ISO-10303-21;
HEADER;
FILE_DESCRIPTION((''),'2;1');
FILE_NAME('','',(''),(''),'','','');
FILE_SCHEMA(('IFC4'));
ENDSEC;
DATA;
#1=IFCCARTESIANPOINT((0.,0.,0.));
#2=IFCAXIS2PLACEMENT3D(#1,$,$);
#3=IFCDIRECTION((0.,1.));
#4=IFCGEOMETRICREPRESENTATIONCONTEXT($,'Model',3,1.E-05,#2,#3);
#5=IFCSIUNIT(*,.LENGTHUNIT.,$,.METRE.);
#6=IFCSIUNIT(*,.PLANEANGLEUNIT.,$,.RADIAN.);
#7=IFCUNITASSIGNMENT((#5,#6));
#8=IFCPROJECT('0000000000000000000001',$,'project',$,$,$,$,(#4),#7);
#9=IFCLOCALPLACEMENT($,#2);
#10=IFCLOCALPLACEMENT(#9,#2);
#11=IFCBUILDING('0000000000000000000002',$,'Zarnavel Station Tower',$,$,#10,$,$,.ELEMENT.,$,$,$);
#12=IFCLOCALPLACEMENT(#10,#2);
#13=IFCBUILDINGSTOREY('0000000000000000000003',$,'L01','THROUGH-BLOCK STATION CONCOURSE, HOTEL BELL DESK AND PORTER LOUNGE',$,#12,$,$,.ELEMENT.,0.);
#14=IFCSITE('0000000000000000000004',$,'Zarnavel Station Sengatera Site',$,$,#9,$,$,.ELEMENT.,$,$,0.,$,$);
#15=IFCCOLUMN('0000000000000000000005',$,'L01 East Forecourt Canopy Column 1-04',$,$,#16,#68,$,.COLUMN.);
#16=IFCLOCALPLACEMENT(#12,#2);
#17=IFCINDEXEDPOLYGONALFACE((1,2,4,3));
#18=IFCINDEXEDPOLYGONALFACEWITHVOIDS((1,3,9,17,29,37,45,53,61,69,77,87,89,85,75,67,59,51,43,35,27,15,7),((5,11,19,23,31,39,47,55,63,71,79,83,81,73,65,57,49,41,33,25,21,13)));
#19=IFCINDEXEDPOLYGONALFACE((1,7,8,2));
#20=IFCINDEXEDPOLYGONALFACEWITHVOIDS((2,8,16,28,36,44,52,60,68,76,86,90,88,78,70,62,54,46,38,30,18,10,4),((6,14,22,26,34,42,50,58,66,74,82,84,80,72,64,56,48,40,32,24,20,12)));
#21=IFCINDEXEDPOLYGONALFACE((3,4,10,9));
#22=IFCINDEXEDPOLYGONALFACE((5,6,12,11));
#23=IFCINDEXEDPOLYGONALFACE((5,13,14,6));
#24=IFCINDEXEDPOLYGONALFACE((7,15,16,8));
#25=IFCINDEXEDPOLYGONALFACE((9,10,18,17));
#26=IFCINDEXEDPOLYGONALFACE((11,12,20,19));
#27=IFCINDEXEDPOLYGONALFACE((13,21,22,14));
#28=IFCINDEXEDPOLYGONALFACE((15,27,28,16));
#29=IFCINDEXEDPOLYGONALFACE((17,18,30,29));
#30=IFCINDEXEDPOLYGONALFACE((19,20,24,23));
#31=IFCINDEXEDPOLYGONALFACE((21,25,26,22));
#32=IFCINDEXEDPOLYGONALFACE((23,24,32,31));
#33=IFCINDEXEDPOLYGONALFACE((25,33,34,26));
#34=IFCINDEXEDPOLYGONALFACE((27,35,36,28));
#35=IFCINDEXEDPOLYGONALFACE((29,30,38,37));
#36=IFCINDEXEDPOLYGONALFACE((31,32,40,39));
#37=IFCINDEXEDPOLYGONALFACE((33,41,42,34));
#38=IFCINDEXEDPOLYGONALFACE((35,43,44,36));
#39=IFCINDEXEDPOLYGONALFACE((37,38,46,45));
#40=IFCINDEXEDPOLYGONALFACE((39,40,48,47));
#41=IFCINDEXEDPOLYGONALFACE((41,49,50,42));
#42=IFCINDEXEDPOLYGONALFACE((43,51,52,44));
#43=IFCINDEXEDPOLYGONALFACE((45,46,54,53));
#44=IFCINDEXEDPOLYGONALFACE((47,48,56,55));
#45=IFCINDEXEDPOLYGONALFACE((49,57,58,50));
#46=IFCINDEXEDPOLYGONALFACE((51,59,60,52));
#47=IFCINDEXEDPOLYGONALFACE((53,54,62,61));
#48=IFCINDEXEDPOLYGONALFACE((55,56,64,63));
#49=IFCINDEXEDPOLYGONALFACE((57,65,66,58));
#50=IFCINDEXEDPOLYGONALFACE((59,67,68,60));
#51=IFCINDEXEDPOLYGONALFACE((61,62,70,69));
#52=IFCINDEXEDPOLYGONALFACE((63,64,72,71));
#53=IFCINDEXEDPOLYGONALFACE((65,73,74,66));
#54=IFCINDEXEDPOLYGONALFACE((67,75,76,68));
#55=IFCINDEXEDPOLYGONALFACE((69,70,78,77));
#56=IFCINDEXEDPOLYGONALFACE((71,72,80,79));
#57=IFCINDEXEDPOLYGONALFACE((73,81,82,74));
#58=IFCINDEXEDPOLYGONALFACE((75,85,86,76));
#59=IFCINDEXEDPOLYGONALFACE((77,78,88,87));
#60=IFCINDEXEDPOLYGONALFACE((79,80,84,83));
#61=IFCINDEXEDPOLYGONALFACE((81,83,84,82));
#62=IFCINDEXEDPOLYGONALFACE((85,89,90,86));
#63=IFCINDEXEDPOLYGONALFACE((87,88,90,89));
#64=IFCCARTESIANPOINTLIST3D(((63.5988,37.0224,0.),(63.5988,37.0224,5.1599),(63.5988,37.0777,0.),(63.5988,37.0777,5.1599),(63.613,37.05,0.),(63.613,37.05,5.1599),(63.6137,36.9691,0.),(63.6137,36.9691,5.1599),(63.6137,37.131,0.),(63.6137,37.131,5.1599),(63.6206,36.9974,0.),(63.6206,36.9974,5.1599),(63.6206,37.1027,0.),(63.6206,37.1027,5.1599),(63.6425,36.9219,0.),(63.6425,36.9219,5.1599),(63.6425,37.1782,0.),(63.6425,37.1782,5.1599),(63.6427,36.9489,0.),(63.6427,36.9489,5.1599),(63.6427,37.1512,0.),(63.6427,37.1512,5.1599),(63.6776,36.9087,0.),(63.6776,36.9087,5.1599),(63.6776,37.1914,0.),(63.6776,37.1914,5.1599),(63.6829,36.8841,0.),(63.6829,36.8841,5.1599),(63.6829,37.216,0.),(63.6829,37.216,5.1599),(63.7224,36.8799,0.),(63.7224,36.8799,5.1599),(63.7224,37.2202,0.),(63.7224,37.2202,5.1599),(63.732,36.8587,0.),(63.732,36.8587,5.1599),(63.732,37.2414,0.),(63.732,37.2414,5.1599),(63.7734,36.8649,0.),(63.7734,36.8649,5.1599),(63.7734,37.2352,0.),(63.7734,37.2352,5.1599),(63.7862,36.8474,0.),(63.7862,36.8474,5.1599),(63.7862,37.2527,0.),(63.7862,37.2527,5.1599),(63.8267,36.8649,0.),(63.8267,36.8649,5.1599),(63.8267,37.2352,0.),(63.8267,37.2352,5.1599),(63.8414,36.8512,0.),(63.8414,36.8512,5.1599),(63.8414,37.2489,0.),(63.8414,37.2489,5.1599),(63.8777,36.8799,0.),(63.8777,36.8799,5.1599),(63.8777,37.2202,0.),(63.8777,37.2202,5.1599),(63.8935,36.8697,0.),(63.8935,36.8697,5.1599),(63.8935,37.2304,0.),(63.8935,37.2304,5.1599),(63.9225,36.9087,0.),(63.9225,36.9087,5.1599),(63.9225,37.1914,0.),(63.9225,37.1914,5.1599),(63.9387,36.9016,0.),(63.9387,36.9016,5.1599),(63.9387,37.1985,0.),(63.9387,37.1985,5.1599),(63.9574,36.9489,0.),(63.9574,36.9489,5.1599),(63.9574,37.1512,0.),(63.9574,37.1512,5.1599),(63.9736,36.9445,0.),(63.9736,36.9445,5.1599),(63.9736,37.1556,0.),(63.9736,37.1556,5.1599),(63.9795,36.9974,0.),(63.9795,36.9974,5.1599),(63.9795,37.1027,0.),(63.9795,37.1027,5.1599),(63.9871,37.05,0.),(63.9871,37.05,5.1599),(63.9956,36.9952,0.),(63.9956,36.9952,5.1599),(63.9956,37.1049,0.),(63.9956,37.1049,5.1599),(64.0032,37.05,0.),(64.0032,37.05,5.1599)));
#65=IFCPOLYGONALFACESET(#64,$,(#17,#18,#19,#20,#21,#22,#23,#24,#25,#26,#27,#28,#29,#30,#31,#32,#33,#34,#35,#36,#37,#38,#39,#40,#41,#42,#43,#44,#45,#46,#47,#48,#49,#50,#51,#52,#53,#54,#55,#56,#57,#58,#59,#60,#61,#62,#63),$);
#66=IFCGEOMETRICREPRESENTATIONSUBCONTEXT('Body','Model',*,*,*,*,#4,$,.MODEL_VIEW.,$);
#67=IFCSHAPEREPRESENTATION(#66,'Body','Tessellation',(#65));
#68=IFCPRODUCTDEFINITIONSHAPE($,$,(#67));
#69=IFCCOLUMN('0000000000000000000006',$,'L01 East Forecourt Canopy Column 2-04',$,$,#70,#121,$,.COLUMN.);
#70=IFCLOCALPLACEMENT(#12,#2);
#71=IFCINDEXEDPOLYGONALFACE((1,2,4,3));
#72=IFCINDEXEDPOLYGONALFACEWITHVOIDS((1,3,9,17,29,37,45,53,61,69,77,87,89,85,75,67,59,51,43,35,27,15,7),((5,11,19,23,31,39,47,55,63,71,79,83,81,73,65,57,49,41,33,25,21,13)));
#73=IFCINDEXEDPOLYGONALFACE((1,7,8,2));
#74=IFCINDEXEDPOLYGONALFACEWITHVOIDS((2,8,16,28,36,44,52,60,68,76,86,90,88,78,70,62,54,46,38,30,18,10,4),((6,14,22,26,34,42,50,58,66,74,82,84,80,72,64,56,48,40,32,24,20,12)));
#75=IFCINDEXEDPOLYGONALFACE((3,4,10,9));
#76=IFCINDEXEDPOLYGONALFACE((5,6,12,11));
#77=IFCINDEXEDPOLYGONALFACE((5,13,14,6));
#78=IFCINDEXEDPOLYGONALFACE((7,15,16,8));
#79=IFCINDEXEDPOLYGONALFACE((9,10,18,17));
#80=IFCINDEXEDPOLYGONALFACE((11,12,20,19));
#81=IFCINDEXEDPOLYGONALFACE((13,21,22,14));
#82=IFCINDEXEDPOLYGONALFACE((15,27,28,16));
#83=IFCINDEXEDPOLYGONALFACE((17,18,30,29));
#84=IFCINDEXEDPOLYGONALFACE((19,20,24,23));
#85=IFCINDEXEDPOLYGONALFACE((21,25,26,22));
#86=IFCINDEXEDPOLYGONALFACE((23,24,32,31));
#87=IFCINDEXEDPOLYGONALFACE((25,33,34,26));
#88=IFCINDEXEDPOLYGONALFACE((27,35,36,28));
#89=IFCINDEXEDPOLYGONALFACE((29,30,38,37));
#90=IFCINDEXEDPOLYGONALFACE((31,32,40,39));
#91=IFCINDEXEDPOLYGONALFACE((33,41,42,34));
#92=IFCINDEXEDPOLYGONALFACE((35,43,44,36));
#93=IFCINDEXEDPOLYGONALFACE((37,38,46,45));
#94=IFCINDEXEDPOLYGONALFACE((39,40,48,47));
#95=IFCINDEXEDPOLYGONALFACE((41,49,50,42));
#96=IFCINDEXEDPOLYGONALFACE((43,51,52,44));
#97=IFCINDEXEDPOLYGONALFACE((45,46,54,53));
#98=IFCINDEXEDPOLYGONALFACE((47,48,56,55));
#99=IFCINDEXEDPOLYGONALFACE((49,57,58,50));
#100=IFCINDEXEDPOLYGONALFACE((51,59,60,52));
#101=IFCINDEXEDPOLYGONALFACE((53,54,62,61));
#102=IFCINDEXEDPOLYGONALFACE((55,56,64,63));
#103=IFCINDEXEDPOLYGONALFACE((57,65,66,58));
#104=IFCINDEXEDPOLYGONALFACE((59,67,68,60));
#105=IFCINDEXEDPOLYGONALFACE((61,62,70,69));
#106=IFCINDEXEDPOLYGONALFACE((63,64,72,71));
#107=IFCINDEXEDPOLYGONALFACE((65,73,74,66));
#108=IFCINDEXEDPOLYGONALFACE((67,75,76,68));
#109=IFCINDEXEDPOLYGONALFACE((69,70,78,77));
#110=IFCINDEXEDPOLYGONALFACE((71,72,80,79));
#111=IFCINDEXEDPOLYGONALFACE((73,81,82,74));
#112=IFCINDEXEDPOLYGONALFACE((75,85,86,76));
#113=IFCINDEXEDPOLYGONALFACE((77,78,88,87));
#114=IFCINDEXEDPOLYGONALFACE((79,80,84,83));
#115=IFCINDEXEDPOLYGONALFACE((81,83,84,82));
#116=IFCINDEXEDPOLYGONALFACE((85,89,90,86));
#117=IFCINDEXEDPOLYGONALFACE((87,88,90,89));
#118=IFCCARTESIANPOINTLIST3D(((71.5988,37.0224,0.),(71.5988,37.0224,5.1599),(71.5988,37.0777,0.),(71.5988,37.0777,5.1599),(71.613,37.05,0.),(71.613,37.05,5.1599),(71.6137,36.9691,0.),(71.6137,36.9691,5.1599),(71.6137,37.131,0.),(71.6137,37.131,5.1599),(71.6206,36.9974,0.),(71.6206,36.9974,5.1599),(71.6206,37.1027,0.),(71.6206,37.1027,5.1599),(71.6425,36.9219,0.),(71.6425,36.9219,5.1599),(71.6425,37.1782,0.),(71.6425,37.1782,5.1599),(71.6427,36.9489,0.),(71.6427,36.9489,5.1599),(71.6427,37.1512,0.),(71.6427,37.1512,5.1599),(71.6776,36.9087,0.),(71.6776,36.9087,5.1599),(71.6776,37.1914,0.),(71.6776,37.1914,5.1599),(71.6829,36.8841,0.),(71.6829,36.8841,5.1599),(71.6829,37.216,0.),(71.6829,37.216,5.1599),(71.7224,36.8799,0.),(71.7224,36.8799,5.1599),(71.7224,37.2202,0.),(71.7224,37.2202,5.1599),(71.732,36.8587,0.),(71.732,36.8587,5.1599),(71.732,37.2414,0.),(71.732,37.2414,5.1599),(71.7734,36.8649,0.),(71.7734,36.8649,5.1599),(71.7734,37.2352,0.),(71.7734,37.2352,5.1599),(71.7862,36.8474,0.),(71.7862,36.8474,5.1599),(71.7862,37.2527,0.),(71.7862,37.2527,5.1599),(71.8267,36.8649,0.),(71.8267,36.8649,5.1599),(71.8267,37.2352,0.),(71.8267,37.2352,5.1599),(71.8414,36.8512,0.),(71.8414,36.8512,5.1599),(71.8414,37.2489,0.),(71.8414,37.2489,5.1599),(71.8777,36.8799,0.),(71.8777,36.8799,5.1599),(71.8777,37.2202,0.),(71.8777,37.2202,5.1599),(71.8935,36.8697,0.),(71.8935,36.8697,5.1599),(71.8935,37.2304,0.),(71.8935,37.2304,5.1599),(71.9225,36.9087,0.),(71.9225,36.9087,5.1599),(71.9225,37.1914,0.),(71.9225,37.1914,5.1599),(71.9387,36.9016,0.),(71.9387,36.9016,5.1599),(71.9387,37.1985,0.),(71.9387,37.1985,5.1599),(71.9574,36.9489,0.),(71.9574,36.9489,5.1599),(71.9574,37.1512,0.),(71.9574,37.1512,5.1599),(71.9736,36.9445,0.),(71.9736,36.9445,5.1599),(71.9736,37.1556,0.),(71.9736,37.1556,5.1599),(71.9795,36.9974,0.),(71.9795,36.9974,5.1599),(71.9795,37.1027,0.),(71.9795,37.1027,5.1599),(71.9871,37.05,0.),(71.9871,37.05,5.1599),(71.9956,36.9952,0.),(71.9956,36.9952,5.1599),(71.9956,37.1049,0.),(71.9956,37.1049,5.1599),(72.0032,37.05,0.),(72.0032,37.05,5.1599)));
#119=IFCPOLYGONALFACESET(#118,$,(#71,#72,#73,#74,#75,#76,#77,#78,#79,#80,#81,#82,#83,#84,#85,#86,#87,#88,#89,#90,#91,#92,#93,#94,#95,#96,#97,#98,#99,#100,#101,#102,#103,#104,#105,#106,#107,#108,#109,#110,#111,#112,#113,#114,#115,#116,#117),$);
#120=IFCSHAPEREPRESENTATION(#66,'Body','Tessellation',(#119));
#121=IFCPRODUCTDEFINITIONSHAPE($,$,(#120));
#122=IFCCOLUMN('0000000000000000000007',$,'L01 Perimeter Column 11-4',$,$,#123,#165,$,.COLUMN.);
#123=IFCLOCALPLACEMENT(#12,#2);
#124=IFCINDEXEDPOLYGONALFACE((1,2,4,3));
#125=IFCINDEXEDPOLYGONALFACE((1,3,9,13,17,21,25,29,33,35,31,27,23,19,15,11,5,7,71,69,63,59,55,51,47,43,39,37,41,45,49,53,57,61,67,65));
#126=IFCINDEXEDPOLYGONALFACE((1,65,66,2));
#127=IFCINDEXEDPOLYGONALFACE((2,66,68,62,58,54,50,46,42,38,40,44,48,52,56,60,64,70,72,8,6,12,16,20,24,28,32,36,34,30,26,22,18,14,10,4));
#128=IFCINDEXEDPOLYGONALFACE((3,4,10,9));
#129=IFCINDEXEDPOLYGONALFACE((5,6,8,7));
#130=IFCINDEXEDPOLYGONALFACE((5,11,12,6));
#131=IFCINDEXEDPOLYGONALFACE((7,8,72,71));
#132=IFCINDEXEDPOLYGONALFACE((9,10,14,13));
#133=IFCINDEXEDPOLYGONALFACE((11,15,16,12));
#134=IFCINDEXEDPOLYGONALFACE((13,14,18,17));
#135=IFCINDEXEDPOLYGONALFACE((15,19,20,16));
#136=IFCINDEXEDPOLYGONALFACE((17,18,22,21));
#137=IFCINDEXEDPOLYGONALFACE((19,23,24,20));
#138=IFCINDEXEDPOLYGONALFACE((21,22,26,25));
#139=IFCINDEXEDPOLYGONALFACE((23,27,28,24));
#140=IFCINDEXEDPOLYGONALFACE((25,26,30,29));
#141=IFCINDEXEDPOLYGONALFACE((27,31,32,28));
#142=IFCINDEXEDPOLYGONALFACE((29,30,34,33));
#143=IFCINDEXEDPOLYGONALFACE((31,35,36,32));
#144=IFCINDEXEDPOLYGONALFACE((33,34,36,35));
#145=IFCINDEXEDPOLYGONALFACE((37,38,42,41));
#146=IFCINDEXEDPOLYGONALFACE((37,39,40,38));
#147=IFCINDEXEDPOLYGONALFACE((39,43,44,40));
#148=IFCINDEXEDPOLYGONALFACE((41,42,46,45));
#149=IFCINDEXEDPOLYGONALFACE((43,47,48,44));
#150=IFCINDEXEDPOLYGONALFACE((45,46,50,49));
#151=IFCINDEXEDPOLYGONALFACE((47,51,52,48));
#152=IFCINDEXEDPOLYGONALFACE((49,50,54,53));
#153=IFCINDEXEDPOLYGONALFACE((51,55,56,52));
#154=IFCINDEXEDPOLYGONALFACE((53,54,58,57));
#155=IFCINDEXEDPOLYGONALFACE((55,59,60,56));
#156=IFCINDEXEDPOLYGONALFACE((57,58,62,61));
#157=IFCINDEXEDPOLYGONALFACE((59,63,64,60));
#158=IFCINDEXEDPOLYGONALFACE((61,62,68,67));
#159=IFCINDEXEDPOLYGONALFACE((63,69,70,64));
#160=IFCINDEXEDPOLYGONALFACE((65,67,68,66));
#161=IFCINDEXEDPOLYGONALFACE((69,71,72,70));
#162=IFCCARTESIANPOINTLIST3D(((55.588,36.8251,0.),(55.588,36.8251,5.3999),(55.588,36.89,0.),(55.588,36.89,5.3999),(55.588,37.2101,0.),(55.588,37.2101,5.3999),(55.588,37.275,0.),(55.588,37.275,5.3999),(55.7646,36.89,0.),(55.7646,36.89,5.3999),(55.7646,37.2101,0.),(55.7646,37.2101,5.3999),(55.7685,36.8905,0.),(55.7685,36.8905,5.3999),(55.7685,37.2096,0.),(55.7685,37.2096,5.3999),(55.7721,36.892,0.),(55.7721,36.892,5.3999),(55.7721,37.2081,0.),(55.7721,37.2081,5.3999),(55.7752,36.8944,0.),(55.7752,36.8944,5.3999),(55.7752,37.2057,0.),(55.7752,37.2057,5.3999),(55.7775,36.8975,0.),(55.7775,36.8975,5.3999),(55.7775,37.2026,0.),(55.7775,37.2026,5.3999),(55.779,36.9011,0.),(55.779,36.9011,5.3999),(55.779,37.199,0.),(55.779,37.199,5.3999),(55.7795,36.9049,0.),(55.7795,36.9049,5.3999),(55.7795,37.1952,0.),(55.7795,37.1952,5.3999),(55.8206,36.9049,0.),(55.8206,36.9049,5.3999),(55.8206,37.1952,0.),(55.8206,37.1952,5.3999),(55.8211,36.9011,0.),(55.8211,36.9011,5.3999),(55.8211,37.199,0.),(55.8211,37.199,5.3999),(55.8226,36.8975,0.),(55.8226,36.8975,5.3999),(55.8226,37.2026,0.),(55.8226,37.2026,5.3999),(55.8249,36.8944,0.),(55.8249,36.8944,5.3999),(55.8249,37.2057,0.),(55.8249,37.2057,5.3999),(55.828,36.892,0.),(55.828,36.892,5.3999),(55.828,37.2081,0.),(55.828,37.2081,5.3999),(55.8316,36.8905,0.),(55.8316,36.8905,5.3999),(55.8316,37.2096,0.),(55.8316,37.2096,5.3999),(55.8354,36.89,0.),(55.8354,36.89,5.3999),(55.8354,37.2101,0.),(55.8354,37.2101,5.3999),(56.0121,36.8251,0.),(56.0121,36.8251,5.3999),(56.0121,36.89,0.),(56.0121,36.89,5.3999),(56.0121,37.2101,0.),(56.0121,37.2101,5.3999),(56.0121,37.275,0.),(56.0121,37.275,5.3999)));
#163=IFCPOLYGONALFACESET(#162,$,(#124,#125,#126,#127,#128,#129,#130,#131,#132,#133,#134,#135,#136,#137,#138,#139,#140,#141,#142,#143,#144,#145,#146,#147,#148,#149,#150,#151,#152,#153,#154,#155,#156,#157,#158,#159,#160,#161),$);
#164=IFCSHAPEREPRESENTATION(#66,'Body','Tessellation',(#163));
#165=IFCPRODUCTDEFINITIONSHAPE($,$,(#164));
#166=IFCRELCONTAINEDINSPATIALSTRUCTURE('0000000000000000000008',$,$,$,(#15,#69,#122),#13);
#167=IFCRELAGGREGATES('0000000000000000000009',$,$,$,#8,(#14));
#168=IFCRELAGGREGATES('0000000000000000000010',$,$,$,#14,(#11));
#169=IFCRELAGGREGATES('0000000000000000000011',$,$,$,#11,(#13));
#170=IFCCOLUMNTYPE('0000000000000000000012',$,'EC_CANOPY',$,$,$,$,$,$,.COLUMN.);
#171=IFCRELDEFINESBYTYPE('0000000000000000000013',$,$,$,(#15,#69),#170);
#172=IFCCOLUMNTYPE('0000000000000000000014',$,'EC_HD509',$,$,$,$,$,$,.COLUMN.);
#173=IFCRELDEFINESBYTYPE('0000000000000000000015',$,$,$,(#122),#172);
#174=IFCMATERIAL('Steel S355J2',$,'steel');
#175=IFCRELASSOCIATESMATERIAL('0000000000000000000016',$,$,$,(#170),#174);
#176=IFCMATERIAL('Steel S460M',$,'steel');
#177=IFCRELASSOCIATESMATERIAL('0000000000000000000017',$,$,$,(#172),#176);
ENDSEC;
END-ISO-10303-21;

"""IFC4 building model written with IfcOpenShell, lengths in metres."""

from ifc_helpers import new_model, si_unit, direction, frame, origin, origin_2d, place, context, subcontext, project, spatial, hollow_circle, i_section, extrude, material, material_profile, profile_set, type_object, element, save


model = new_model("IFC4")

# Units and contexts
model_context = context("Model", 3, precision=1e-05, world=origin(), true_north=direction((0.0, 1.0)))
body_context = subcontext(model_context, "Body", "Model", "MODEL_VIEW")
ifc_project = project(units=[si_unit("LENGTHUNIT", "METRE"), si_unit("PLANEANGLEUNIT", "RADIAN")], contexts=[model_context])

# Site, building, storey
site_placement = place(None, origin())
site = spatial("IfcSite", under=ifc_project, at=site_placement, Name="Zarnavel Station Sengatera Site", CompositionType="ELEMENT", RefElevation=0.0)
building_placement = place(site_placement, origin())
building = spatial("IfcBuilding", under=site, at=building_placement, Name="Zarnavel Station Tower", CompositionType="ELEMENT")
storey_placement = place(building_placement, origin())
storey = spatial("IfcBuildingStorey", under=building, at=storey_placement, Name="L01", Description="THROUGH-BLOCK STATION CONCOURSE, HOTEL BELL DESK AND PORTER LOUNGE", CompositionType="ELEMENT", Elevation=0.0)

# Columns
ifc_material_1 = material(Name="Steel S355J2", Category="steel")
ifc_material_profile_1 = material_profile(ifc_material_1, hollow_circle(Radius=0.2031, WallThickness=0.0161, at=origin_2d()), Name="CHS406.4x16")
ifc_profile_set_1 = profile_set([ifc_material_profile_1], Name="Steel S355J2")
column_type_1 = type_object("IfcColumnType", Name="EC_CANOPY", PredefinedType="COLUMN", material=ifc_profile_set_1)
for number, where, z_axis, x_axis, name in (
    (1, (63.8, 37.05, 0.0), (0.0, 0.0, 1.0), (1.0, 0.0, 0.0), "L01 East Forecourt Canopy Column 1-04"),
    (2, (71.8, 37.05, 0.0), (0.0, 0.0, 1.0), (1.0, 0.0, 0.0), "L01 East Forecourt Canopy Column 2-04"),
):
    element("IfcColumn", number, at=place(storey_placement, frame(where, z_axis=z_axis, x_axis=x_axis)), inside=storey, type_object=column_type_1, Name=name, PredefinedType="COLUMN", context=body_context, shape_type="SweptSolid", body=[
        extrude(hollow_circle(Radius=0.2031, WallThickness=0.0161, at=origin_2d()), origin(), (0.0, 0.0, 1.0), 5.1599),
    ])
ifc_material_2 = material(Name="Steel S460M", Category="steel")
ifc_material_profile_2 = material_profile(ifc_material_2, i_section(OverallWidth=0.4241, OverallDepth=0.45, WebThickness=0.041, FlangeThickness=0.0649, FilletRadius=0.0149, at=origin_2d()), Name="HD400x509")
ifc_profile_set_2 = profile_set([ifc_material_profile_2], Name="Steel S460M")
column_type_2 = type_object("IfcColumnType", Name="EC_HD509", PredefinedType="COLUMN", material=ifc_profile_set_2)
for number, where, z_axis, x_axis, name in (
    (3, (55.8, 37.05, 0.0), (0.0, 0.0, 1.0), (1.0, 0.0, 0.0), "L01 Perimeter Column 11-4"),
):
    element("IfcColumn", number, at=place(storey_placement, frame(where, z_axis=z_axis, x_axis=x_axis)), inside=storey, type_object=column_type_2, Name=name, PredefinedType="COLUMN", context=body_context, shape_type="SweptSolid", body=[
        extrude(i_section(OverallWidth=0.4241, OverallDepth=0.45, WebThickness=0.041, FlangeThickness=0.0649, FilletRadius=0.0149, at=origin_2d()), origin(), (0.0, 0.0, 1.0), 5.3999),
    ])

save(model, "model.ifc")
